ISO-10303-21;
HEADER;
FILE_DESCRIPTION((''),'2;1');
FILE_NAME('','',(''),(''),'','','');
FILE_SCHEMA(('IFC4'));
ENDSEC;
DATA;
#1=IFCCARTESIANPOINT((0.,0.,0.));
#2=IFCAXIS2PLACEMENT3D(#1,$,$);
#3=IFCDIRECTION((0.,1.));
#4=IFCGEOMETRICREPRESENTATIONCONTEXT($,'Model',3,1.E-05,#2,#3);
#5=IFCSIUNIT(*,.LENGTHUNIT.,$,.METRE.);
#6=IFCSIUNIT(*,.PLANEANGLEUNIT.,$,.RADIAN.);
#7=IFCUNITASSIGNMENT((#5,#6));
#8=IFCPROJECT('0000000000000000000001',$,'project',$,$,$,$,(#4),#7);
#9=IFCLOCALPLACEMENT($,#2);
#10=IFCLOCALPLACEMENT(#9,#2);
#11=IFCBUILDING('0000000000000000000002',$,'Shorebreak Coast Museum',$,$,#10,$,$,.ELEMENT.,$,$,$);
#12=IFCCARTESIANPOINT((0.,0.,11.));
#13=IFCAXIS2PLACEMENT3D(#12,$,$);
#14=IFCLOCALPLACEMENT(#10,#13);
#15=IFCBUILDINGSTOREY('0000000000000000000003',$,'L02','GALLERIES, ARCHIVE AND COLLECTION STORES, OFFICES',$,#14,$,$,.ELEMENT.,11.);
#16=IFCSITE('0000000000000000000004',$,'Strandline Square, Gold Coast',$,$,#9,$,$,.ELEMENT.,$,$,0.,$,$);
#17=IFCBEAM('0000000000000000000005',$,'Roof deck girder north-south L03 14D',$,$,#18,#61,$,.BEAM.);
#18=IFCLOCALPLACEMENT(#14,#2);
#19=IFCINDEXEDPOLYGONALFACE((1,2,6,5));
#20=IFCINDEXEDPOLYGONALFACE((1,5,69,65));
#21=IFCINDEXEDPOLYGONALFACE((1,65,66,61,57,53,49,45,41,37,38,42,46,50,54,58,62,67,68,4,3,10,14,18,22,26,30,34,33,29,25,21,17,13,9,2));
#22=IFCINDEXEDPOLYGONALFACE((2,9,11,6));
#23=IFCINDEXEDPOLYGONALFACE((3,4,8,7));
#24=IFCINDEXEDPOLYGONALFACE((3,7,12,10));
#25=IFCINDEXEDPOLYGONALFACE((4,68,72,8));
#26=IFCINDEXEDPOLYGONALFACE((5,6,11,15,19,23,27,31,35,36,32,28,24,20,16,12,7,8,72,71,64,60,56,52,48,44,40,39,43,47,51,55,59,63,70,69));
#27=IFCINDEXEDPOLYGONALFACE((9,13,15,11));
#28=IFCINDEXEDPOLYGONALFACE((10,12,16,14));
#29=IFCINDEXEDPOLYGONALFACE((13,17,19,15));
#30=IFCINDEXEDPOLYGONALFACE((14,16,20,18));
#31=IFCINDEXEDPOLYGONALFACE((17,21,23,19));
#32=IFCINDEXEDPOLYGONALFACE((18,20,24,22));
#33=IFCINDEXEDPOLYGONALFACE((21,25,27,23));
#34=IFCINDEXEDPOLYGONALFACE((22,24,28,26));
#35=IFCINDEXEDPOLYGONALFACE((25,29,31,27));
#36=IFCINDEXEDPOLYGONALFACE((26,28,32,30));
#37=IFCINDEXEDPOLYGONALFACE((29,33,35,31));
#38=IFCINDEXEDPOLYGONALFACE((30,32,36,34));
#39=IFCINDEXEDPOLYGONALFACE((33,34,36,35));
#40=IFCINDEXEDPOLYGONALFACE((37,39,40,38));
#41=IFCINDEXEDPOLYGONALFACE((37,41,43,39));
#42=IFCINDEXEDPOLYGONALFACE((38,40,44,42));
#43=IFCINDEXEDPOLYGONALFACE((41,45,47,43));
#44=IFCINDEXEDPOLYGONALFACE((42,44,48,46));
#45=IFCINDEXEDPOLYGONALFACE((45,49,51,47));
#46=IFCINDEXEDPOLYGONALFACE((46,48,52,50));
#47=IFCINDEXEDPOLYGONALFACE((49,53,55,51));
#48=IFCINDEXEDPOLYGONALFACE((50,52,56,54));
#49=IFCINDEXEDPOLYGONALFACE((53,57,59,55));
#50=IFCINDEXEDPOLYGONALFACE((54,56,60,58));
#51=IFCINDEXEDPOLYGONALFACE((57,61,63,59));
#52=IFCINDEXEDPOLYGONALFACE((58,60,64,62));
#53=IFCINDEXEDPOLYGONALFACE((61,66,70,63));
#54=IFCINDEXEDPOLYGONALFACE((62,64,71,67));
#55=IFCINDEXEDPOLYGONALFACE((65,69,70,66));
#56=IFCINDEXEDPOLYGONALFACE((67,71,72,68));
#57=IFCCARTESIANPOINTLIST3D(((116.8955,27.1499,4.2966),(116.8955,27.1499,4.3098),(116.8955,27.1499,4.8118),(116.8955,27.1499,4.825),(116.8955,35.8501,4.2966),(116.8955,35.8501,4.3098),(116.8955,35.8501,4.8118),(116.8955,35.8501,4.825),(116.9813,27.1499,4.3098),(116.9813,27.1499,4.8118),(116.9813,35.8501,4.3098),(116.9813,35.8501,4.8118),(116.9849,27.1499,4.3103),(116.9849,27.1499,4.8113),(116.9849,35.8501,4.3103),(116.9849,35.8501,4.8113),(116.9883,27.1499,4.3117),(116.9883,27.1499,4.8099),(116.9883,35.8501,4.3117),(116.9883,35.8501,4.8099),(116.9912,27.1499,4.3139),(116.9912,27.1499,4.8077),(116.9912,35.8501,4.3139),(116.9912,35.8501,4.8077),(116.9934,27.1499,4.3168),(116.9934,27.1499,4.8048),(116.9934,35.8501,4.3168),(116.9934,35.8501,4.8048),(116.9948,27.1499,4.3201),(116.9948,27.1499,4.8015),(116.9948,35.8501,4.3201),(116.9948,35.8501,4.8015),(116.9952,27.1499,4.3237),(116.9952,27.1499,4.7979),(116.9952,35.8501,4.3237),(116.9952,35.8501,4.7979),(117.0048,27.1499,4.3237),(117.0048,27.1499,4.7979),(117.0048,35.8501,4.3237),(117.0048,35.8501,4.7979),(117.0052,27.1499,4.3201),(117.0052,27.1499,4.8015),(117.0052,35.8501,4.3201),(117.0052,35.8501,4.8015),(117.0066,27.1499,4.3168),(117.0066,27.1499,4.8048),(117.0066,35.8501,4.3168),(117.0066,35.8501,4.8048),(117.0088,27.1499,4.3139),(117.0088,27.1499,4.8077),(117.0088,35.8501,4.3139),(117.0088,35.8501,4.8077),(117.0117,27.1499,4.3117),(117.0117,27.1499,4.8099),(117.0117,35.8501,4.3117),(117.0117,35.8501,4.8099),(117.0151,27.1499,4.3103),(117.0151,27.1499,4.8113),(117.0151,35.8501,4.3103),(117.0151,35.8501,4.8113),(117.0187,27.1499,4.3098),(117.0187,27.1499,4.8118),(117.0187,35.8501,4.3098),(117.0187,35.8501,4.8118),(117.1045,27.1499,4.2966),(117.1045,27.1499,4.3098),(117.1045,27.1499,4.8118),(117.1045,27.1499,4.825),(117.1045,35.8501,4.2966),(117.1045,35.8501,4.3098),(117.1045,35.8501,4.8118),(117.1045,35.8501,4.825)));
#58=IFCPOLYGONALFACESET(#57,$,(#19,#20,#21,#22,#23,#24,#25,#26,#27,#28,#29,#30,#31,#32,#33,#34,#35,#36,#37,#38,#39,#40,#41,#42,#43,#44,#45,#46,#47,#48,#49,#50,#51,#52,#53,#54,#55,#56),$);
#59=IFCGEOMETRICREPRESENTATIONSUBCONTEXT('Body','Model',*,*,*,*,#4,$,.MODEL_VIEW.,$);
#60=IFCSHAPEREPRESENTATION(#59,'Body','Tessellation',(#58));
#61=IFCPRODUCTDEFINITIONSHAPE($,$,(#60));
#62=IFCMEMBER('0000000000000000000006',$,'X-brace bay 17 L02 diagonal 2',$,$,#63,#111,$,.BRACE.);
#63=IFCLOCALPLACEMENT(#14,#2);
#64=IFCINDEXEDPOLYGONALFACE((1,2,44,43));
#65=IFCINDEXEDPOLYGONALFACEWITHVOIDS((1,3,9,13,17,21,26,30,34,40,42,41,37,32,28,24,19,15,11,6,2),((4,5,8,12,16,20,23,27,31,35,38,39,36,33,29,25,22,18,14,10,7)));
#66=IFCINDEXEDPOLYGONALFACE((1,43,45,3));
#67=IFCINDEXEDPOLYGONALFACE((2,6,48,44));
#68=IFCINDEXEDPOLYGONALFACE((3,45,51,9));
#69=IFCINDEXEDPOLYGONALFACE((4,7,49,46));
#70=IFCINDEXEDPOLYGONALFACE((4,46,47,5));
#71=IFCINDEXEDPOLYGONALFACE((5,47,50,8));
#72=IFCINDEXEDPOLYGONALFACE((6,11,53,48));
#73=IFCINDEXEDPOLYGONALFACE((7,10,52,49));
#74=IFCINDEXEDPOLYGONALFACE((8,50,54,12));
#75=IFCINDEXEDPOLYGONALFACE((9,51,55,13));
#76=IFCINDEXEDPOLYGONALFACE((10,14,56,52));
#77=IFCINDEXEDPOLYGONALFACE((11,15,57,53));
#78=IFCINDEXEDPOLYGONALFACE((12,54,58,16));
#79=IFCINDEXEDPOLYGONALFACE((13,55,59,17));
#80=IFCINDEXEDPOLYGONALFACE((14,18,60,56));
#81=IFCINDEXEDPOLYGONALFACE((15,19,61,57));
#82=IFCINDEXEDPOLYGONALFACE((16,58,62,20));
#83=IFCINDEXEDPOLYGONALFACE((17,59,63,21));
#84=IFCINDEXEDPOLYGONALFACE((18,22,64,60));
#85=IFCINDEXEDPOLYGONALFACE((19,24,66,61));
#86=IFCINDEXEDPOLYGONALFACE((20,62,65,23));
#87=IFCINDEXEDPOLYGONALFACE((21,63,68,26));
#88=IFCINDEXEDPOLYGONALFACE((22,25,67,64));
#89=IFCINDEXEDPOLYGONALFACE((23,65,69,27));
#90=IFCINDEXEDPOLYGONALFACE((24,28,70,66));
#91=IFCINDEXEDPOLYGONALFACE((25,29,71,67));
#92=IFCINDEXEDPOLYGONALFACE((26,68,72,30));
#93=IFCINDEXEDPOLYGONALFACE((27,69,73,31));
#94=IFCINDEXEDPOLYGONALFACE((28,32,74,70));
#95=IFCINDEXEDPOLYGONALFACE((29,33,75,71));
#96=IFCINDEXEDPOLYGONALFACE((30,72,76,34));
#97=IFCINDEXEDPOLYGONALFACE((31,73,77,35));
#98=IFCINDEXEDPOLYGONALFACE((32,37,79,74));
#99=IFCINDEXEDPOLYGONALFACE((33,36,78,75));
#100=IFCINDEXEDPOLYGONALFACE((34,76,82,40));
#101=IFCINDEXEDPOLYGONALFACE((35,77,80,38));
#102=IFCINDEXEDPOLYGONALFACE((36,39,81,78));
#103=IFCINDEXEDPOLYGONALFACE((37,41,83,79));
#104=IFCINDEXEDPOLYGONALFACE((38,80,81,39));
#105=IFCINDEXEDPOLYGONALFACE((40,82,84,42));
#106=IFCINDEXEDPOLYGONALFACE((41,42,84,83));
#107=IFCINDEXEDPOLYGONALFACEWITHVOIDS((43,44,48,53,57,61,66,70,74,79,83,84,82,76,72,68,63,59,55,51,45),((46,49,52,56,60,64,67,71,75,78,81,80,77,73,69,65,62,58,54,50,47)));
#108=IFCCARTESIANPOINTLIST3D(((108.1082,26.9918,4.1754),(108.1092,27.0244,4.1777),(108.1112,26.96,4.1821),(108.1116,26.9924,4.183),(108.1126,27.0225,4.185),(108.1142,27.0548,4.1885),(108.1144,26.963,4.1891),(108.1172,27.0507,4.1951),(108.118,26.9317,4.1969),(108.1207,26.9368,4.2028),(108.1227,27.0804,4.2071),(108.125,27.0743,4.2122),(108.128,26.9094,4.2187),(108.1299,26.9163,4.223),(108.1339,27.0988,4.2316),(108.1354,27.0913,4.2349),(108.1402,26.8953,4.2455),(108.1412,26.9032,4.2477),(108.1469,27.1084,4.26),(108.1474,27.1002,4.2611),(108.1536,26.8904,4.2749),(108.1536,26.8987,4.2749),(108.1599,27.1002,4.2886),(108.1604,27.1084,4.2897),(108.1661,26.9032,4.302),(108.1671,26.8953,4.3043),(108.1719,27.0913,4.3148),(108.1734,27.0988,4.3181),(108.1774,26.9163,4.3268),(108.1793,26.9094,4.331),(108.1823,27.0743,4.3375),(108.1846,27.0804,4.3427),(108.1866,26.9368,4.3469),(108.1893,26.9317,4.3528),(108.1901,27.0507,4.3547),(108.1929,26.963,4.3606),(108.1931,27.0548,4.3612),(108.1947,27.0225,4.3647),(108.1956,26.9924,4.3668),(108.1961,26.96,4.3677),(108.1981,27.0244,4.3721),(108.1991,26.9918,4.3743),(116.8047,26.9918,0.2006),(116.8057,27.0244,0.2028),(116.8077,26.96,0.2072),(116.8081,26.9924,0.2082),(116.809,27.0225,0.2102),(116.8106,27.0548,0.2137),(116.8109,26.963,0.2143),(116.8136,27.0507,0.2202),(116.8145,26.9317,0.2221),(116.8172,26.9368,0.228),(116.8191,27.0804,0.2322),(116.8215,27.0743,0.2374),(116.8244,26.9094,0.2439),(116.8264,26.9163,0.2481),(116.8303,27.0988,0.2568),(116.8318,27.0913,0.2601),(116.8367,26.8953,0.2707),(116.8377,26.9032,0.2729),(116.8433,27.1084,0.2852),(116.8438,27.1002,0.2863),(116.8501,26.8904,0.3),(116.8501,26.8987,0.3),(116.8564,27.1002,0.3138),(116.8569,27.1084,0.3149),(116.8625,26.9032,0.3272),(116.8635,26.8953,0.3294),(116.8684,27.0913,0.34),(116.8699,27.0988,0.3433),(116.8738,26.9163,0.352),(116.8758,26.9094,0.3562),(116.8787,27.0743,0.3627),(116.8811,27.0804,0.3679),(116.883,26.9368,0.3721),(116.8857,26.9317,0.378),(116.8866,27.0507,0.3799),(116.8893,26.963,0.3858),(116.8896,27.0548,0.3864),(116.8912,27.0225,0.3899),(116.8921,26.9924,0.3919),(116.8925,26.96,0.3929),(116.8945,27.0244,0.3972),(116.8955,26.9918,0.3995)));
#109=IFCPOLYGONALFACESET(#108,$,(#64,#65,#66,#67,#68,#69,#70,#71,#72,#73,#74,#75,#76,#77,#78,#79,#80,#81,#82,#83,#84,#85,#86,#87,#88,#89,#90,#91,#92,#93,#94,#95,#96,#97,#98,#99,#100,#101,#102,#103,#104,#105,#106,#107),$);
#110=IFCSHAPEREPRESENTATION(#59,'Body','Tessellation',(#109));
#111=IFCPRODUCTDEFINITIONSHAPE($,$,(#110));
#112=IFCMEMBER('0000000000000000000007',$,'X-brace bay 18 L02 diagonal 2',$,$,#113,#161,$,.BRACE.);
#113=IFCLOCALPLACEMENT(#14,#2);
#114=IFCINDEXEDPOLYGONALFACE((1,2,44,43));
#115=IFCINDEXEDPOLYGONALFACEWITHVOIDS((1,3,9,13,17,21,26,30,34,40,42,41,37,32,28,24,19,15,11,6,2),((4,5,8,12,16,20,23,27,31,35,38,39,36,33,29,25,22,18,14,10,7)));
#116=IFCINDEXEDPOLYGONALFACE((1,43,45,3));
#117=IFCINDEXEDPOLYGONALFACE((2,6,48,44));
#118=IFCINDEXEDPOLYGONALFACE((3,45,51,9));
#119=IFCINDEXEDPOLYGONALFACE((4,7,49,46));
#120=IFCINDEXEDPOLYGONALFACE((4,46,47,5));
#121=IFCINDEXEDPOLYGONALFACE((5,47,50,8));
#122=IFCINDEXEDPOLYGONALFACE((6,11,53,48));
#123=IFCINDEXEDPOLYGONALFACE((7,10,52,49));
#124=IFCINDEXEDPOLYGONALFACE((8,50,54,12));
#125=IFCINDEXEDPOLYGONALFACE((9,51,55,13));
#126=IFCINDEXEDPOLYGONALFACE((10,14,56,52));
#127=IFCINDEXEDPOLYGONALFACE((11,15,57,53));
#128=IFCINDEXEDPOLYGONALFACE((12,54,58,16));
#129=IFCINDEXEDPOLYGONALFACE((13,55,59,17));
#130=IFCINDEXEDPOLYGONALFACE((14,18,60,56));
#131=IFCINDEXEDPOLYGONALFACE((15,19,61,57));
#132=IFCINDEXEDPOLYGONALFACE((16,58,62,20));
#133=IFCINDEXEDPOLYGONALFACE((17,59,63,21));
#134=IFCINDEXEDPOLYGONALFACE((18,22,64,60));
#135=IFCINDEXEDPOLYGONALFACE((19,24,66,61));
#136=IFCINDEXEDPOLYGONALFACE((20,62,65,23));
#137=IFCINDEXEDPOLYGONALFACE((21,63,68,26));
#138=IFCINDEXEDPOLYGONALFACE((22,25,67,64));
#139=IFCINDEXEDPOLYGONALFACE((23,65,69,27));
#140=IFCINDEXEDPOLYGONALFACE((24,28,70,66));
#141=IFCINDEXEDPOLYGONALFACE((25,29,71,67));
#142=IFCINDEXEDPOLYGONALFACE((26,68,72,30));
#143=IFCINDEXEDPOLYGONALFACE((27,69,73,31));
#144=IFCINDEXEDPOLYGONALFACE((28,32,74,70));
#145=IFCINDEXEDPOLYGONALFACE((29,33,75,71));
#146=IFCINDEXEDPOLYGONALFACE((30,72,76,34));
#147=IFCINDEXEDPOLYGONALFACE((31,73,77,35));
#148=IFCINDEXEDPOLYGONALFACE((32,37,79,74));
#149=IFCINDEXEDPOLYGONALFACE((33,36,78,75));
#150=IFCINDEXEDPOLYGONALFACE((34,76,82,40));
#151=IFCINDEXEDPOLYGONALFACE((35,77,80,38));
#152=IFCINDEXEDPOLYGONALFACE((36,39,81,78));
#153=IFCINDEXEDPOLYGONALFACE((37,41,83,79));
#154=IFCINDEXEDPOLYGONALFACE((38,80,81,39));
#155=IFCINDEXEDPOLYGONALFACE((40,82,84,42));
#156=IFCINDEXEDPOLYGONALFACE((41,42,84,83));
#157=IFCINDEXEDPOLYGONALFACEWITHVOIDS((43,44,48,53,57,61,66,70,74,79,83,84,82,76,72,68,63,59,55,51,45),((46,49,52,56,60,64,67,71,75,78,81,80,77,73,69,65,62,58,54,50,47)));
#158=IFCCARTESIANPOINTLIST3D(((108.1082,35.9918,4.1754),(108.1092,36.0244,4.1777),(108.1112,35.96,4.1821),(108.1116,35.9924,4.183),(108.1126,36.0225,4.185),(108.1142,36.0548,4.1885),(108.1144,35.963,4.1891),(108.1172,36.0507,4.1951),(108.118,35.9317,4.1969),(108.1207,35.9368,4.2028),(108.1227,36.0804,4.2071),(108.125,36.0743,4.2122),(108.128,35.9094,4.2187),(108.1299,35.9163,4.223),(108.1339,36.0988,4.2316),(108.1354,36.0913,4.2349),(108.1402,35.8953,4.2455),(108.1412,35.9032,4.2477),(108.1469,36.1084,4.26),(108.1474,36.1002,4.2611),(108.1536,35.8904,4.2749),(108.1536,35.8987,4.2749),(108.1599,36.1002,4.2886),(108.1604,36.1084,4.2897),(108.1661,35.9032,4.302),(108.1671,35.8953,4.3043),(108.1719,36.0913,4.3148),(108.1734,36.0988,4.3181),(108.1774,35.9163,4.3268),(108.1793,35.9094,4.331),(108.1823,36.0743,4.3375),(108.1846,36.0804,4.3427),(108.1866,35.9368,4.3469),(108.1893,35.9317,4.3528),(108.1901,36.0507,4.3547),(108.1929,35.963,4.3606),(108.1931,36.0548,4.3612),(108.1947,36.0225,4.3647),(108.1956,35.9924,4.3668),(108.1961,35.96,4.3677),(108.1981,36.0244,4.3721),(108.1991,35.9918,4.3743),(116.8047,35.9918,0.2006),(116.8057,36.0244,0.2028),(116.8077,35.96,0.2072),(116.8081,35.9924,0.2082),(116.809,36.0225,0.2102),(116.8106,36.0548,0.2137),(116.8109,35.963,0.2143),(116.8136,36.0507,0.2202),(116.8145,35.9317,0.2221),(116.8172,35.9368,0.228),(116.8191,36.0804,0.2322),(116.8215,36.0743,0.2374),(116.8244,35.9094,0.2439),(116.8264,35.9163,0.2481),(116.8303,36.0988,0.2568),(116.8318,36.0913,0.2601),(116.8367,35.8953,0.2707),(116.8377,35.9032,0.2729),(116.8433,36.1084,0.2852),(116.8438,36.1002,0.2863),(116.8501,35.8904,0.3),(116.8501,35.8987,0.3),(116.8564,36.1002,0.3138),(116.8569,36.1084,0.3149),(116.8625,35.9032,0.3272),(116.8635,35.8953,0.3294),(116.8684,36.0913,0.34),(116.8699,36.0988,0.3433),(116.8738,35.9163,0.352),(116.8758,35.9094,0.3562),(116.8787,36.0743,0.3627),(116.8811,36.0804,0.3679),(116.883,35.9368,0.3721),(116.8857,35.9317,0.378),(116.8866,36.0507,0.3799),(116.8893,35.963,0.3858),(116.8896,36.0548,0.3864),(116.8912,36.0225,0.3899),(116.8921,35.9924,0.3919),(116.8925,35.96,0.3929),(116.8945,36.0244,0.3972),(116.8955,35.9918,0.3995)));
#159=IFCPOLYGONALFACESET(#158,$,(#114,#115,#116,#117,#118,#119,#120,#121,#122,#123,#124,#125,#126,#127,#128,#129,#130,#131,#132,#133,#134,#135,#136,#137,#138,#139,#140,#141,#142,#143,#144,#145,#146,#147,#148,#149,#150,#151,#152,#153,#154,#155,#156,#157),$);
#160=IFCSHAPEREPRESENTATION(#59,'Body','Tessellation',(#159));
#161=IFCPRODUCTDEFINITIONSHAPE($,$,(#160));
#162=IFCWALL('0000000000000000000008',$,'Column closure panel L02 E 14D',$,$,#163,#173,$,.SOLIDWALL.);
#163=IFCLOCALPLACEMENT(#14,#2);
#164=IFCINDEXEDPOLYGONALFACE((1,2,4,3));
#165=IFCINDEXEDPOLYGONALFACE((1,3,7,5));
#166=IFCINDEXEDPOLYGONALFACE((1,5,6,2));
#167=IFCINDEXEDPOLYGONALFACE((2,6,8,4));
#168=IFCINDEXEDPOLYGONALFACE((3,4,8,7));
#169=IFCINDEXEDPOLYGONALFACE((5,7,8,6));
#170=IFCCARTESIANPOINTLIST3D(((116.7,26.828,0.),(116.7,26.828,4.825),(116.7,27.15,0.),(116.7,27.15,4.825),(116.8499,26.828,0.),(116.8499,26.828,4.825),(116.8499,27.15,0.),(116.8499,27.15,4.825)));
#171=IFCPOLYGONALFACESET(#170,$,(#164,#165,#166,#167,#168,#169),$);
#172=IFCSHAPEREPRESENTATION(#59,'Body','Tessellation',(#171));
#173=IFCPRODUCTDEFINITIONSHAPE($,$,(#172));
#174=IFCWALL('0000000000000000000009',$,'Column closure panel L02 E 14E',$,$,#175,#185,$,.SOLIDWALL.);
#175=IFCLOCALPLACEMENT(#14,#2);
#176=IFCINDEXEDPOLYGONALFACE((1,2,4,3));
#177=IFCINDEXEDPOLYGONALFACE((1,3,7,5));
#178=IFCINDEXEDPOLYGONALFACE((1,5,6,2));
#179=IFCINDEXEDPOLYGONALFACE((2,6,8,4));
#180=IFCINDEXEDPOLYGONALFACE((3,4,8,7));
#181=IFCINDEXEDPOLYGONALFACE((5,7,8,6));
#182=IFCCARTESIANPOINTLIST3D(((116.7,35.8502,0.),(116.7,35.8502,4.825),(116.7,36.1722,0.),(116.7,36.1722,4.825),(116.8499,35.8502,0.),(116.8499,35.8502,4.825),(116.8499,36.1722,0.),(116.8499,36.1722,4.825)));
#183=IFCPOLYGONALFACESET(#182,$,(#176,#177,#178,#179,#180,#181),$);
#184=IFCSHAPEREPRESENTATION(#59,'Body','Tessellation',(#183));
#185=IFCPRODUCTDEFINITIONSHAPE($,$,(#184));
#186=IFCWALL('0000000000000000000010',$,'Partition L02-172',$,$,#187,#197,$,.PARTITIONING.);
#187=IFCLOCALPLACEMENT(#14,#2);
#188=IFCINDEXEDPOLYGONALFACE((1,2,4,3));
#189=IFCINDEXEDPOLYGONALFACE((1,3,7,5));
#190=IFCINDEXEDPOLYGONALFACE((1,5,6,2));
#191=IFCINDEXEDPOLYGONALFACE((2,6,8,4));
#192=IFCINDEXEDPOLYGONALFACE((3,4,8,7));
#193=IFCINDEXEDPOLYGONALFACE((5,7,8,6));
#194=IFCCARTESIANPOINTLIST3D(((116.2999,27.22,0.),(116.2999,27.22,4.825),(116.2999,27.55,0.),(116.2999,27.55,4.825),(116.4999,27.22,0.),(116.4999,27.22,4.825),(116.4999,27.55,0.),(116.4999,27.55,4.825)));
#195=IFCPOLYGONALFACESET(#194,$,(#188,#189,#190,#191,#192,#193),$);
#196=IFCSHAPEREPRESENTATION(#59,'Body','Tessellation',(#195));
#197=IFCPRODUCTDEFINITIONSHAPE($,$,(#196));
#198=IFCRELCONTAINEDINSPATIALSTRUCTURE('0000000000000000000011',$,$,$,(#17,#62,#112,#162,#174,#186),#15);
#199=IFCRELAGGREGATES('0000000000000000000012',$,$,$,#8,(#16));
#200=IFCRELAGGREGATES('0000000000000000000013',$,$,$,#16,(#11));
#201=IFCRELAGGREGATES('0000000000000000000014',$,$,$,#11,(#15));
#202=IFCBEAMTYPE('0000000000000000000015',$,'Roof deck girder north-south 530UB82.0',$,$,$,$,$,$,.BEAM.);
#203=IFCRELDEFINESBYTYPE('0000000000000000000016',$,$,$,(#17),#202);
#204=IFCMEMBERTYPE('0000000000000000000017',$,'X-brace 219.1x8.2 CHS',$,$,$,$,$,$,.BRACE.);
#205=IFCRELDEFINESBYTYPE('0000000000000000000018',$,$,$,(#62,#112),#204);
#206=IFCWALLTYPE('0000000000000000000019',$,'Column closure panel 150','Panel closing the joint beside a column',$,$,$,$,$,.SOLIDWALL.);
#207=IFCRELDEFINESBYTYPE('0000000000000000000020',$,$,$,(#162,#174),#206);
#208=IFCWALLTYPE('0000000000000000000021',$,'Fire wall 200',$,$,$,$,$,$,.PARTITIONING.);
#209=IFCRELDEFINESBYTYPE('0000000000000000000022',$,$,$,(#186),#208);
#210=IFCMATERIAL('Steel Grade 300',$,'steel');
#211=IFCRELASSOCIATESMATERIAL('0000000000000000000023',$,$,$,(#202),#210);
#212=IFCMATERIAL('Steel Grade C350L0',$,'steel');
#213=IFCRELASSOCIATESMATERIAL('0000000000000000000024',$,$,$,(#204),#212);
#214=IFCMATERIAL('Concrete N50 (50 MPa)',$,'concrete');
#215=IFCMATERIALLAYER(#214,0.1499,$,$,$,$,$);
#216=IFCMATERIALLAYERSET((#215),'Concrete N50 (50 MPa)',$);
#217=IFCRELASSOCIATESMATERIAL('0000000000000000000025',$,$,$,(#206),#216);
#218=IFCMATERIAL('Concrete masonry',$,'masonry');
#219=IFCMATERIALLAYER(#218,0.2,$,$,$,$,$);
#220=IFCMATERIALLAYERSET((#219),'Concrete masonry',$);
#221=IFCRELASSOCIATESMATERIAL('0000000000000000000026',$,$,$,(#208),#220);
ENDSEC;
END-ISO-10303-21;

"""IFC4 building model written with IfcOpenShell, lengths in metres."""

from ifc_helpers import new_model, si_unit, direction, frame, frame_2d, origin, origin_2d, place, context, subcontext, project, spatial, rectangle, hollow_circle, i_section, extrude, material, layer, layer_set, material_profile, profile_set, type_object, element, save


model = new_model("IFC4")

# Units and contexts
model_context = context("Model", 3, precision=1e-05, world=origin(), true_north=direction((0.0, 1.0)))
body_context = subcontext(model_context, "Body", "Model", "MODEL_VIEW")
ifc_project = project(units=[si_unit("LENGTHUNIT", "METRE"), si_unit("PLANEANGLEUNIT", "RADIAN")], contexts=[model_context])

# Site, building, storey
site_placement = place(None, origin())
site = spatial("IfcSite", under=ifc_project, at=site_placement, Name="Strandline Square, Gold Coast", CompositionType="ELEMENT", RefElevation=0.0)
building_placement = place(site_placement, origin())
building = spatial("IfcBuilding", under=site, at=building_placement, Name="Shorebreak Coast Museum", CompositionType="ELEMENT")
storey_placement = place(building_placement, frame((0.0, 0.0, 11.0)))
storey = spatial("IfcBuildingStorey", under=building, at=storey_placement, Name="L02", Description="GALLERIES, ARCHIVE AND COLLECTION STORES, OFFICES", CompositionType="ELEMENT", Elevation=11.0)

# Beam
ifc_material_1 = material(Name="Steel Grade 300", Category="steel")
ifc_material_profile_1 = material_profile(ifc_material_1, i_section(OverallWidth=0.209, OverallDepth=0.5283, WebThickness=0.0095, FlangeThickness=0.0132, FilletRadius=0.0139, at=origin_2d()), Name="530UB82.0")
ifc_profile_set_1 = profile_set([ifc_material_profile_1], Name="Steel Grade 300")
beam_type_1 = type_object("IfcBeamType", Name="Roof deck girder north-south 530UB82.0", PredefinedType="BEAM", material=ifc_profile_set_1)
beam_1_placement = place(storey_placement, frame((117.0, 27.1499, 4.5608), z_axis=(0.0, 1.0, 0.0), x_axis=(-1.0, 0.0, 0.0)))
element("IfcBeam", 1, at=beam_1_placement, inside=storey, type_object=beam_type_1, Name="Roof deck girder north-south L03 14D", PredefinedType="BEAM", context=body_context, shape_type="SweptSolid", body=[
    extrude(i_section(OverallWidth=0.209, OverallDepth=0.5283, WebThickness=0.0095, FlangeThickness=0.0132, FilletRadius=0.0139, at=origin_2d()), origin(), (0.0, 0.0, 1.0), 8.7002),
])

# Members
ifc_material_2 = material(Name="Steel Grade C350L0", Category="steel")
ifc_material_profile_2 = material_profile(ifc_material_2, hollow_circle(Radius=0.1096, WallThickness=0.0083, at=origin_2d()), Name="219.1x8.2 CHS")
ifc_profile_set_2 = profile_set([ifc_material_profile_2], Name="Steel Grade C350L0")
member_type = type_object("IfcMemberType", Name="X-brace 219.1x8.2 CHS", PredefinedType="BRACE", material=ifc_profile_set_2)
for number, where, z_axis, x_axis, name in (
    (2, (116.8501, 27.0, 0.3), (-0.909502, 0.0, 0.415699), (0.0, -1.0, 0.0), "X-brace bay 17 L02 diagonal 2"),
    (3, (116.8501, 36.0, 0.3), (-0.909502, 0.0, 0.415699), (0.0, -1.0, 0.0), "X-brace bay 18 L02 diagonal 2"),
):
    element("IfcMember", number, at=place(storey_placement, frame(where, z_axis=z_axis, x_axis=x_axis)), inside=storey, type_object=member_type, Name=name, PredefinedType="BRACE", context=body_context, shape_type="SweptSolid", body=[
        extrude(hollow_circle(Radius=0.1096, WallThickness=0.0083, at=origin_2d()), origin(), (0.0, 0.0, 1.0), 9.5618),
    ])

# Walls
ifc_material_3 = material(Name="Concrete N50 (50 MPa)", Category="concrete")
ifc_layer_1 = layer(ifc_material_3, 0.1499)
ifc_layer_set_1 = layer_set([ifc_layer_1], Name="Concrete N50 (50 MPa)")
wall_type_1 = type_object("IfcWallType", Name="Column closure panel 150", Description="Panel closing the joint beside a column", PredefinedType="SOLIDWALL", material=ifc_layer_set_1)
for number, where, z_axis, x_axis, name in (
    (4, (116.7749, 26.8279, 0.0), (0.0, 0.0, 1.0), (0.0, 1.0, 0.0), "Column closure panel L02 E 14D"),
    (5, (116.7749, 35.8501, 0.0), (0.0, 0.0, 1.0), (0.0, 1.0, 0.0), "Column closure panel L02 E 14E"),
):
    element("IfcWall", number, at=place(storey_placement, frame(where, z_axis=z_axis, x_axis=x_axis)), inside=storey, type_object=wall_type_1, Name=name, PredefinedType="SOLIDWALL", context=body_context, shape_type="SweptSolid", body=[
        extrude(rectangle(XDim=0.322, YDim=0.1499, at=frame_2d((0.1611, 0.0))), origin(), (0.0, 0.0, 1.0), 4.825),
    ])
ifc_material_4 = material(Name="Concrete masonry", Category="masonry")
ifc_layer_2 = layer(ifc_material_4, 0.2)
ifc_layer_set_2 = layer_set([ifc_layer_2], Name="Concrete masonry")
wall_type_2 = type_object("IfcWallType", Name="Fire wall 200", PredefinedType="PARTITIONING", material=ifc_layer_set_2)
wall_1_placement = place(storey_placement, frame((116.3999, 27.22, 0.0), z_axis=(0.0, 0.0, 1.0), x_axis=(0.0, 1.0, 0.0)))
element("IfcWall", 6, at=wall_1_placement, inside=storey, type_object=wall_type_2, Name="Partition L02-172", PredefinedType="PARTITIONING", context=body_context, shape_type="SweptSolid", body=[
    extrude(rectangle(XDim=0.3301, YDim=0.2, at=frame_2d((0.165, 0.0))), origin(), (0.0, 0.0, 1.0), 4.825),
])

save(model, "model.ifc")
